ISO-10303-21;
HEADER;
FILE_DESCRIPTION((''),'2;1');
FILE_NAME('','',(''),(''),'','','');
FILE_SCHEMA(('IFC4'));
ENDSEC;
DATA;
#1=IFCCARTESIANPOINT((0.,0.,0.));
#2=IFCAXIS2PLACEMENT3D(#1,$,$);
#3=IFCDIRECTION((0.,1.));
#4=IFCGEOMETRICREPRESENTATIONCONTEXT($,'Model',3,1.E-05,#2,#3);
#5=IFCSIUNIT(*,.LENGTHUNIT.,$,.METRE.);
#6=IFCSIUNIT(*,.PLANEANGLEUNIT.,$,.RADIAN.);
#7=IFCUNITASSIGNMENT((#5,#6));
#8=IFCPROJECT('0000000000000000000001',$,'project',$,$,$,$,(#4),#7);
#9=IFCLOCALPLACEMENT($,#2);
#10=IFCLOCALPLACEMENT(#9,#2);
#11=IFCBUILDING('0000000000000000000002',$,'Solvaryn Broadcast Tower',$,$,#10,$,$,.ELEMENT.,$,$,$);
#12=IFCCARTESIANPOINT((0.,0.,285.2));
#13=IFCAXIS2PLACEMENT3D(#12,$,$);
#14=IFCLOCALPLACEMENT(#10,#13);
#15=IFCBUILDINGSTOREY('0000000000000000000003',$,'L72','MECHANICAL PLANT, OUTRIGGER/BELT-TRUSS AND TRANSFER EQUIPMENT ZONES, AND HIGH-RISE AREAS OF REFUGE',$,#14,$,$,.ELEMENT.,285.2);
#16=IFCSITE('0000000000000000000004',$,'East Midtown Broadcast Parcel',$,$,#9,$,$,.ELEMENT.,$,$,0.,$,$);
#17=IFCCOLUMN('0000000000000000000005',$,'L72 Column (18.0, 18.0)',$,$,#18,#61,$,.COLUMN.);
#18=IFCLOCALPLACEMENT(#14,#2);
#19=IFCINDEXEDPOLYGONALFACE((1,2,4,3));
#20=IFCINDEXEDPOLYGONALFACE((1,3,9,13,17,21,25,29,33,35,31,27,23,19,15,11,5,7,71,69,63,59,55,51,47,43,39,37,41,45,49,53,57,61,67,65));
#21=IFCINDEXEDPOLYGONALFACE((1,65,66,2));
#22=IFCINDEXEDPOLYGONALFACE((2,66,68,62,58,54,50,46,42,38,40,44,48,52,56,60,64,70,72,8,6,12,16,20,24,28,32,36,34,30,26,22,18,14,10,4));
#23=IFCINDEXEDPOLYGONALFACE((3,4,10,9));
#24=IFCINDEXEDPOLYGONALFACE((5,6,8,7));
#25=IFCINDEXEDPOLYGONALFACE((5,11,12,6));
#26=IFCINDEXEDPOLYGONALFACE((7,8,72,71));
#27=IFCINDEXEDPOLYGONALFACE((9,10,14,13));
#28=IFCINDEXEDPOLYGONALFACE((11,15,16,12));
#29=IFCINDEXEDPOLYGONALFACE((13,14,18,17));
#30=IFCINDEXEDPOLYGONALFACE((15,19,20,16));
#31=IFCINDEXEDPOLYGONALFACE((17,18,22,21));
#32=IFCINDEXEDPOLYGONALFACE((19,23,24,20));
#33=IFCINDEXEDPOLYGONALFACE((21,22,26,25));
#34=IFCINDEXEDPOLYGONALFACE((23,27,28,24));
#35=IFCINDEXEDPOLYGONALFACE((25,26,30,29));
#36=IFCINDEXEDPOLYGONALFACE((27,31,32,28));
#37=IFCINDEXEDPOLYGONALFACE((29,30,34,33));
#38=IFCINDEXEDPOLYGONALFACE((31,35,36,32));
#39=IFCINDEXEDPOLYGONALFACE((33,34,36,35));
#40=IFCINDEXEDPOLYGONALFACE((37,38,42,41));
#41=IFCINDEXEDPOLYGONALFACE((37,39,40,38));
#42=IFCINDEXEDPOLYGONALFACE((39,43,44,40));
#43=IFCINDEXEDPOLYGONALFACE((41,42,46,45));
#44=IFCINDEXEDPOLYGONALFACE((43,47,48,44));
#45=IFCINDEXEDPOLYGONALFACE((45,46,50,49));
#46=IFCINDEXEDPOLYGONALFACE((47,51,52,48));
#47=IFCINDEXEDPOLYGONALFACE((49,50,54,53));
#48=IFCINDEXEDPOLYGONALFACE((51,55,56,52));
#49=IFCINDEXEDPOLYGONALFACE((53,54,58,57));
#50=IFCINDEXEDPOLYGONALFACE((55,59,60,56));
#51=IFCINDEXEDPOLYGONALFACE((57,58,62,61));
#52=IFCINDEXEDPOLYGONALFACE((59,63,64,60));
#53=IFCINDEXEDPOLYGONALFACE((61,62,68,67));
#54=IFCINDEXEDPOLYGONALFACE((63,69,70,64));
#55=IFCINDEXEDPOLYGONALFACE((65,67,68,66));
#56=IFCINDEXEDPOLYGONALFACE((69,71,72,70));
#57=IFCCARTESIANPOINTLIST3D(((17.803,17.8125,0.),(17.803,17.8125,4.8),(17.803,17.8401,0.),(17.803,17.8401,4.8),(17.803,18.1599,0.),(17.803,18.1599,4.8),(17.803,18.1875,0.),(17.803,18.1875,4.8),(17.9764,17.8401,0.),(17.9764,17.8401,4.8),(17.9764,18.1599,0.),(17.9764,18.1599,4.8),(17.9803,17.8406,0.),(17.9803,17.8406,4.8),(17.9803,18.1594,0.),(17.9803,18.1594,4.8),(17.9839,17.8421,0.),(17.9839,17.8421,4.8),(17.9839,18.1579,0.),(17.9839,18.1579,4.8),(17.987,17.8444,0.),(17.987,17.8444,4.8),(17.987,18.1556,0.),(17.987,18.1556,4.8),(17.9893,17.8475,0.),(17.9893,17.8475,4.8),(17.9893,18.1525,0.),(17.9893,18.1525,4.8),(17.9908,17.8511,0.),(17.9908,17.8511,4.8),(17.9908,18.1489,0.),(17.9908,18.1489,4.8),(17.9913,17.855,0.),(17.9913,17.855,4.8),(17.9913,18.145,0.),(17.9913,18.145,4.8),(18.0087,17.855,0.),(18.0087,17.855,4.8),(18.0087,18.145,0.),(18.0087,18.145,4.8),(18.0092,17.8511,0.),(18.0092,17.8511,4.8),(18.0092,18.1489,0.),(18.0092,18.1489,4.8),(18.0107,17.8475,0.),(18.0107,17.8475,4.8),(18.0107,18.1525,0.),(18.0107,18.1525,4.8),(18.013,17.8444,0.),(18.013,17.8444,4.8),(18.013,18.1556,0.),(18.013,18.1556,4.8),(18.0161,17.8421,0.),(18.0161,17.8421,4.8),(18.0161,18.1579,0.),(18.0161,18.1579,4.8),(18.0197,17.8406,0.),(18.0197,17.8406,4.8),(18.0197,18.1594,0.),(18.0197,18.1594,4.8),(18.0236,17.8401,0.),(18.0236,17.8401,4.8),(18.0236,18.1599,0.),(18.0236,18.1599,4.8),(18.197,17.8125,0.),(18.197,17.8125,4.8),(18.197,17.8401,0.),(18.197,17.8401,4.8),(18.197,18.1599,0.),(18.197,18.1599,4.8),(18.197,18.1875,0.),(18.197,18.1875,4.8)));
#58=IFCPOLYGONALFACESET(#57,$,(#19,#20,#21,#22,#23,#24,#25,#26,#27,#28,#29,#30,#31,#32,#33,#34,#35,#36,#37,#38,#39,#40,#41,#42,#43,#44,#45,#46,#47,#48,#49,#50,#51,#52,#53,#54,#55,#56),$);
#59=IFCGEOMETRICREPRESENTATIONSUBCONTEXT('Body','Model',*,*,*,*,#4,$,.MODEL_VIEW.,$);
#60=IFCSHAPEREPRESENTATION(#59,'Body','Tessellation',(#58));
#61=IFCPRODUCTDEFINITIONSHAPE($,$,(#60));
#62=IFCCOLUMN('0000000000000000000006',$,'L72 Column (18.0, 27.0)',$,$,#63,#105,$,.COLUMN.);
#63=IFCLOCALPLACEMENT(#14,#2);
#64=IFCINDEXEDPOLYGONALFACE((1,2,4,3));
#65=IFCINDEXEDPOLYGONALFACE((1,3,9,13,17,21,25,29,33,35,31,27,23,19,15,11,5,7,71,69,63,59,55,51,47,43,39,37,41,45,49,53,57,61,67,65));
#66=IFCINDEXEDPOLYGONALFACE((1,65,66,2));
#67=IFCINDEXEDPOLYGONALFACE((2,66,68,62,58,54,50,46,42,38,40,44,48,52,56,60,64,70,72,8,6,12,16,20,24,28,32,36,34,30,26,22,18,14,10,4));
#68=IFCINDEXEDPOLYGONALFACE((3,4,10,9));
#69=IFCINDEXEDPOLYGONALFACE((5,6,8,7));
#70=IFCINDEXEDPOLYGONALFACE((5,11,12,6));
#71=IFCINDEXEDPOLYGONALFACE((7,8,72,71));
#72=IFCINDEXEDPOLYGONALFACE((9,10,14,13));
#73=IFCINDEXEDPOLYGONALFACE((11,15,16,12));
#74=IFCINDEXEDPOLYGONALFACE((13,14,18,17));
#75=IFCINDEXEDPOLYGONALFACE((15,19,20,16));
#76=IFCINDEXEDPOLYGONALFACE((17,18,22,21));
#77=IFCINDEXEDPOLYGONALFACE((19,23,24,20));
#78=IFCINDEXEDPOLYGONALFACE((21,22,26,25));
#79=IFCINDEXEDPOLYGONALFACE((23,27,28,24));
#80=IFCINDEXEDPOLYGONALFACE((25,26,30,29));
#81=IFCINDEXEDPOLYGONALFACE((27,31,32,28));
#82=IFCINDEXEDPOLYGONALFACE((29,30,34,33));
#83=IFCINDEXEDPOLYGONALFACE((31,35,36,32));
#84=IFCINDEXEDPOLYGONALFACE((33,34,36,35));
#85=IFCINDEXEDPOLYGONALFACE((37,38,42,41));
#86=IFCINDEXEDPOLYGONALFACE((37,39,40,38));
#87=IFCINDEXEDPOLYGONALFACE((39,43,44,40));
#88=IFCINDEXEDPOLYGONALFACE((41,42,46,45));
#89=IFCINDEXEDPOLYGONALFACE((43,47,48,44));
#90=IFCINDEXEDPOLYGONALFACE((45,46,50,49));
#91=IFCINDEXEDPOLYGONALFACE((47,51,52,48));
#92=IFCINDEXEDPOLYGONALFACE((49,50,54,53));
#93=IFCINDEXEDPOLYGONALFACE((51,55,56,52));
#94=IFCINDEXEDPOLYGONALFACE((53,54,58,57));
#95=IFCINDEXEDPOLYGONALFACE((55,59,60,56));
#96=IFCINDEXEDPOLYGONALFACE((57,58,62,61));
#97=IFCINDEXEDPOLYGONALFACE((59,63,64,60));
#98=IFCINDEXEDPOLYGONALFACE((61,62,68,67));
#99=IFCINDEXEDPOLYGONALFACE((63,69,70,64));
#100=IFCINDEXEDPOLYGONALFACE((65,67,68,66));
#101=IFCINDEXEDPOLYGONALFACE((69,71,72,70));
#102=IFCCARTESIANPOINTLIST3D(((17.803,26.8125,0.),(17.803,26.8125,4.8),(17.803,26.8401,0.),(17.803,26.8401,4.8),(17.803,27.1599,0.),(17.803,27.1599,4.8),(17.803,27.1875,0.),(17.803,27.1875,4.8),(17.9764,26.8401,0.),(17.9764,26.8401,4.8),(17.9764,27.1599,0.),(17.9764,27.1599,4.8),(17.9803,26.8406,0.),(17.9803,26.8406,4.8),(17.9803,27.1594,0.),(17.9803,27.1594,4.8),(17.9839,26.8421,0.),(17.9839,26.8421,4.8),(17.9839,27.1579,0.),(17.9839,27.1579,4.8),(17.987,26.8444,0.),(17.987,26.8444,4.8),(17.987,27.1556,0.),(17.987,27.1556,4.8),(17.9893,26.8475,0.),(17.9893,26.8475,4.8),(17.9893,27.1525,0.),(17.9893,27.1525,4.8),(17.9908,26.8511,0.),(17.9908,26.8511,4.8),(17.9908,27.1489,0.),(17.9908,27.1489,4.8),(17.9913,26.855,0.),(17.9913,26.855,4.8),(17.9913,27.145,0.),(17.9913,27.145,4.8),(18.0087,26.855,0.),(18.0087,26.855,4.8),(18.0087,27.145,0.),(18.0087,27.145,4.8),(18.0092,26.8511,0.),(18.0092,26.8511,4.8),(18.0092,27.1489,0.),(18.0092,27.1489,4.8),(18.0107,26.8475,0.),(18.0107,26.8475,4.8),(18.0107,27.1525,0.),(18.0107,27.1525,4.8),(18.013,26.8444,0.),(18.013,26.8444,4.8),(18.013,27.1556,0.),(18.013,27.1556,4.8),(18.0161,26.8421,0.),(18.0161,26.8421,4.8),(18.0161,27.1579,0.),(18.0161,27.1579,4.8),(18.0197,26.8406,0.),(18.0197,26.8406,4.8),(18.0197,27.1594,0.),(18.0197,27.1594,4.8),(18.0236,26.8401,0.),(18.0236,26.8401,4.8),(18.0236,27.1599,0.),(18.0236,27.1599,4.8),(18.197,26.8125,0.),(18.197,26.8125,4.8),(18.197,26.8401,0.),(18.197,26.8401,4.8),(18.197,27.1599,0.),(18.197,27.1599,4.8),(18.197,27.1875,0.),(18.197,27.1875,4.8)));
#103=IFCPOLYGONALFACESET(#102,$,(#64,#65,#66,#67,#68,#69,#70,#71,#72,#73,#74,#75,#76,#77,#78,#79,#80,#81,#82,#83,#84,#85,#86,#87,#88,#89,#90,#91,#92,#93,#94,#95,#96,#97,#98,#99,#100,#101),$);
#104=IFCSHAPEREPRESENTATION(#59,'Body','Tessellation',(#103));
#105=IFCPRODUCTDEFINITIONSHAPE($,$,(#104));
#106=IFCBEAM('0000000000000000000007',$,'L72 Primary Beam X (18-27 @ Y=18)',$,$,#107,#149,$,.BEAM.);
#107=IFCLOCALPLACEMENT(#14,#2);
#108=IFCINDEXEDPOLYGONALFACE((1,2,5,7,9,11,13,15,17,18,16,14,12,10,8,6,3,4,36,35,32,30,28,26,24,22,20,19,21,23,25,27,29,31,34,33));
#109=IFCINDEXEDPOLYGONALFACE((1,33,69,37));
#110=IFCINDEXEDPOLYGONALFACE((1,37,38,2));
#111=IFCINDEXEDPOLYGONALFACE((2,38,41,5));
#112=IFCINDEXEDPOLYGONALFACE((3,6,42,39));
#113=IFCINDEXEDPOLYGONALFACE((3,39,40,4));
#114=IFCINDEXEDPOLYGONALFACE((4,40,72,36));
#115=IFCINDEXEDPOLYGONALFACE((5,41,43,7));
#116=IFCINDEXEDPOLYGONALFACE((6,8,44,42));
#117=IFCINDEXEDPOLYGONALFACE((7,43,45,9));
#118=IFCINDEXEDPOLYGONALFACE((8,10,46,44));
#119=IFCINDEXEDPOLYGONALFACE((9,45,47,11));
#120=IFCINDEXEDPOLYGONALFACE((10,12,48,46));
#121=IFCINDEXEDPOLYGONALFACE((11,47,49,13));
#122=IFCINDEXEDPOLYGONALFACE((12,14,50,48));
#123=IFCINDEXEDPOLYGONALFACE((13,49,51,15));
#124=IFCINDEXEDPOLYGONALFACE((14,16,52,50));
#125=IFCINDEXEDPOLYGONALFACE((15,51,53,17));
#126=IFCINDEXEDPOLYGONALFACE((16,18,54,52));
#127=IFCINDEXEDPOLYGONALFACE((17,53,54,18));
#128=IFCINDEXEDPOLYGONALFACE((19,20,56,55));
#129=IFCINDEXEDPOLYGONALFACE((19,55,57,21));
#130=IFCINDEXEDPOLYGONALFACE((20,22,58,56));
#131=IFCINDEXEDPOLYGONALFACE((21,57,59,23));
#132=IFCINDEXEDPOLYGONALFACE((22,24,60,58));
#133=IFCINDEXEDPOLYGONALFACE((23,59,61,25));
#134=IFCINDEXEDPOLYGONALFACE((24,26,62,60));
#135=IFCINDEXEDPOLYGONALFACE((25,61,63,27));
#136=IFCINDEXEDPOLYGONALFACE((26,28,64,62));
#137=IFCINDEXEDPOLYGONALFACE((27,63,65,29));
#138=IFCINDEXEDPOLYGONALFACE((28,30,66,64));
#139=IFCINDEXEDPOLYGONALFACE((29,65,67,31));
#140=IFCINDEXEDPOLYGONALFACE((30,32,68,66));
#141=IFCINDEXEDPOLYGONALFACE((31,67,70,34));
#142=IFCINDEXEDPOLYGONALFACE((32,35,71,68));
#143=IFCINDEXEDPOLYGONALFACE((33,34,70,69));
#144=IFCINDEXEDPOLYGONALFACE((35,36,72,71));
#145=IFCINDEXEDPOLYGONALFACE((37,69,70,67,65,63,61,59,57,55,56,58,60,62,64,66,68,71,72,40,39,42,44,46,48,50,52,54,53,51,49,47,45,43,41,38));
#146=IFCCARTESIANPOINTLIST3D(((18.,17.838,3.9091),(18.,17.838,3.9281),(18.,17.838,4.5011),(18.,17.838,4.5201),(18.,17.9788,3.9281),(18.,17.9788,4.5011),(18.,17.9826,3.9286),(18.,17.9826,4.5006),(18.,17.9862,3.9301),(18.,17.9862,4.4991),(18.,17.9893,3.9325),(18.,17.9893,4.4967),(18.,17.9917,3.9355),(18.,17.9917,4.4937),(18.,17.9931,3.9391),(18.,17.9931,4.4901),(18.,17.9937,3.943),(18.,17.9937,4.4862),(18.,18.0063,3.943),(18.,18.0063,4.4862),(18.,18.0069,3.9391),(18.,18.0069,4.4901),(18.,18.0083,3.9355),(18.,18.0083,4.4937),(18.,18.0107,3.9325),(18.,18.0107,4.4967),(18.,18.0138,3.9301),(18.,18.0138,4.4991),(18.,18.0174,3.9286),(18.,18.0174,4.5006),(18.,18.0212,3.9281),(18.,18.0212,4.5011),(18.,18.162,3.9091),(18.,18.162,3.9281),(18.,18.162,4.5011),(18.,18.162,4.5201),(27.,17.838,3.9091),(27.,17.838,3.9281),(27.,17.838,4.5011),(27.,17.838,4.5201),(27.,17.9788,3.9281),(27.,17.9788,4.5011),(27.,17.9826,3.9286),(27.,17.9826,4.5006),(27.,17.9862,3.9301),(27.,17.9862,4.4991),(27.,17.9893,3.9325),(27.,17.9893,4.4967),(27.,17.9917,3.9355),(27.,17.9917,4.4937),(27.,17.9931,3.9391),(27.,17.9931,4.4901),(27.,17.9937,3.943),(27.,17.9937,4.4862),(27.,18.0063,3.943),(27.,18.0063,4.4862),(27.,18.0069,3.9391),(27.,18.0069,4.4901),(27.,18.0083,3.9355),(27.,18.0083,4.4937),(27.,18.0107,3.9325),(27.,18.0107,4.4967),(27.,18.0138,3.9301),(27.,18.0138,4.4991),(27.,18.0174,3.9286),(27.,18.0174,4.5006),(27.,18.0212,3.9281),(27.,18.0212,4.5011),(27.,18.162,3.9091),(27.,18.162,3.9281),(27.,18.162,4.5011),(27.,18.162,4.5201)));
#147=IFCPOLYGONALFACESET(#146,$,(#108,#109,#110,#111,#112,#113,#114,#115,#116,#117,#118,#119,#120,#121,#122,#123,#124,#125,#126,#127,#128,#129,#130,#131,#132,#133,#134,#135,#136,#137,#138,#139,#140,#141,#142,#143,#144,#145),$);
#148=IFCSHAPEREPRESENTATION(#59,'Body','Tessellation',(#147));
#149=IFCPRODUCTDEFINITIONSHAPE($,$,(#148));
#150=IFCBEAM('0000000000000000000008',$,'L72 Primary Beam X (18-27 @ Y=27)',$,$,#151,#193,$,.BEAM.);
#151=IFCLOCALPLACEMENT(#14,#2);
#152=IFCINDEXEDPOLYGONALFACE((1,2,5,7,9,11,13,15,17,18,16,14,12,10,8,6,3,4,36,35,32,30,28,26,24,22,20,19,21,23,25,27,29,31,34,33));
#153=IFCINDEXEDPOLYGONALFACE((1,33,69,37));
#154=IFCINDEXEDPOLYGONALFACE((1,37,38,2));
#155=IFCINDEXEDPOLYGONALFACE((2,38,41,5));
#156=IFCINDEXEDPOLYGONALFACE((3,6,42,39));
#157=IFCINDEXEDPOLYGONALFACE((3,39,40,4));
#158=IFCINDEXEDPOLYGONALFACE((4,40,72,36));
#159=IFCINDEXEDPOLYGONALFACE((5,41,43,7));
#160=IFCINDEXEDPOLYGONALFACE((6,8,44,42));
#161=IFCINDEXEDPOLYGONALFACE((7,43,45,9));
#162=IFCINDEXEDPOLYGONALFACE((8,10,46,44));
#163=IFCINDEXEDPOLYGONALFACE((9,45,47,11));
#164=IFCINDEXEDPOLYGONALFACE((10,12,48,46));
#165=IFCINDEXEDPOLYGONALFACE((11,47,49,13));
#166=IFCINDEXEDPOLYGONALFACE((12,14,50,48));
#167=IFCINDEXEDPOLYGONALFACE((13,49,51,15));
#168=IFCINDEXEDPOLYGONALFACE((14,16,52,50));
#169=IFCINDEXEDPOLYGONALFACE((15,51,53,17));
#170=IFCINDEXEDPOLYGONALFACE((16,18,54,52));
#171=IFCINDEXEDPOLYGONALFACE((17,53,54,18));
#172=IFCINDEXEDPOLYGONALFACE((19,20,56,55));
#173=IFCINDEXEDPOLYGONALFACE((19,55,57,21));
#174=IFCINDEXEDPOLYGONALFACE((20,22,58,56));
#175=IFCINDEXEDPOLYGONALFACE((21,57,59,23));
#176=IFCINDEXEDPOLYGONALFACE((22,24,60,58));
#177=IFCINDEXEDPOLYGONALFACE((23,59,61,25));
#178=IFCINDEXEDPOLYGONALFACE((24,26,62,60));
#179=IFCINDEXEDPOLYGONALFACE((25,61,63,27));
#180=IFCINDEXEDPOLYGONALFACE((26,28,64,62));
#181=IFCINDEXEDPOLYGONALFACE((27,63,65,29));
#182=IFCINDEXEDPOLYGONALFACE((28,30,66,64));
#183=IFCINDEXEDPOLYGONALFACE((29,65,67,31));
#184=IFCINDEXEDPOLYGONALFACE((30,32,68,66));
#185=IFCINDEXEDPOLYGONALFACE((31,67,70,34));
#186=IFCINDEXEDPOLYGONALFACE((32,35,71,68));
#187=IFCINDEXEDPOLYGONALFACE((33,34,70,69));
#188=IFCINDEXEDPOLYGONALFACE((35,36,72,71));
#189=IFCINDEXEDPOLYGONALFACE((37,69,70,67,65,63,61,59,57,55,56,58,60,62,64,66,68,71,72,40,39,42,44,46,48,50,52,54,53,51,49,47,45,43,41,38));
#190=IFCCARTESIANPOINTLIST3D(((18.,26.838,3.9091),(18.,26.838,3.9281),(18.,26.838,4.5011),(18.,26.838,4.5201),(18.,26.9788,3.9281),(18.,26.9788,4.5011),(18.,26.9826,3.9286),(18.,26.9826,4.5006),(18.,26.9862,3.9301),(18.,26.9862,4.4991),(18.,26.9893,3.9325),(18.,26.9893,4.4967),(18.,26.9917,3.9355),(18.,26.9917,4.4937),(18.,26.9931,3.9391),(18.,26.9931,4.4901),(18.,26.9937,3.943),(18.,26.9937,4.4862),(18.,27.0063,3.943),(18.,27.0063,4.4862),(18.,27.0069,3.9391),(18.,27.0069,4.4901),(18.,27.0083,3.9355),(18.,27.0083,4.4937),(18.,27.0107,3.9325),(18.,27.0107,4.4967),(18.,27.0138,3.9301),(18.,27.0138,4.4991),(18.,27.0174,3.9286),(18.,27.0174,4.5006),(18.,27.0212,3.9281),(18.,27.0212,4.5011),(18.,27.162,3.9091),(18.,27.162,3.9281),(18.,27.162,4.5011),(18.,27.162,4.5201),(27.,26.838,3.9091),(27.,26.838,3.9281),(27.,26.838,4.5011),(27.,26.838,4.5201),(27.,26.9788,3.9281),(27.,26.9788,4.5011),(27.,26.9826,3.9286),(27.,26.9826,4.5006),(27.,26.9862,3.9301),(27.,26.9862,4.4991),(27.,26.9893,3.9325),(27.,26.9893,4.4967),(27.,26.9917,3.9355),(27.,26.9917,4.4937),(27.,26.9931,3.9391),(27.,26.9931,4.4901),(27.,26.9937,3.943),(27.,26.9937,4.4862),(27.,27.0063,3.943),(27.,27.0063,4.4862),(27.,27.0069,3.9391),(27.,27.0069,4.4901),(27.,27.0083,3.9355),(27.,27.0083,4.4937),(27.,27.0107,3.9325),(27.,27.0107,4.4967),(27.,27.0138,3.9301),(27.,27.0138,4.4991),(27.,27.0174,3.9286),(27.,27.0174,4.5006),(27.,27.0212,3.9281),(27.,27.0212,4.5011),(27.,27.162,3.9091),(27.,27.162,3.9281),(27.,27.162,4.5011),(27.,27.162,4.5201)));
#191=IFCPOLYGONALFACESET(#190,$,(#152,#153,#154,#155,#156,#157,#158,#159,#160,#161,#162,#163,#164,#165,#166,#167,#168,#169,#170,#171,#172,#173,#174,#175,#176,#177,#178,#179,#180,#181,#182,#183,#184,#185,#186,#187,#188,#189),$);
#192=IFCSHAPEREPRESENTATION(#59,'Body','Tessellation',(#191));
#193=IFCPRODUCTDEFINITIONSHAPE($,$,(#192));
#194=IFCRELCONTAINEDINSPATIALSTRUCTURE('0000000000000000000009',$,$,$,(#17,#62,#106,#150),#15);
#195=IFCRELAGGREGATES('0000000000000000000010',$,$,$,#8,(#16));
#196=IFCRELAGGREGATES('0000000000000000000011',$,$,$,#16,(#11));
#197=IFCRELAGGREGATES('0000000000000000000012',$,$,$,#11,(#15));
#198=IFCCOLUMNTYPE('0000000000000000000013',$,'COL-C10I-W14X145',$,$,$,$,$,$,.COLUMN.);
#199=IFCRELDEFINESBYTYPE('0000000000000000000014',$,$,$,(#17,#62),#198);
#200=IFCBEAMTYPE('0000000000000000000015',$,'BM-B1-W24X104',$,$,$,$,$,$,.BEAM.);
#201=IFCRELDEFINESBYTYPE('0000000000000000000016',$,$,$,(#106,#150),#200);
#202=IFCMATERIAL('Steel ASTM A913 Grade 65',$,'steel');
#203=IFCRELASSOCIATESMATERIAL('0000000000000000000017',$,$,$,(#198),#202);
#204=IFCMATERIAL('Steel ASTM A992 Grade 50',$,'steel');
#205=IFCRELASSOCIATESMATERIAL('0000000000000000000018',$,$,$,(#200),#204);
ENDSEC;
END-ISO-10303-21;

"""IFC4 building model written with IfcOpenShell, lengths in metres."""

from ifc_helpers import new_model, si_unit, direction, frame, origin, origin_2d, place, context, subcontext, project, spatial, i_section, extrude, material, material_profile, profile_set, type_object, element, save


model = new_model("IFC4")

# Units and contexts
model_context = context("Model", 3, precision=1e-05, world=origin(), true_north=direction((0.0, 1.0)))
body_context = subcontext(model_context, "Body", "Model", "MODEL_VIEW")
ifc_project = project(units=[si_unit("LENGTHUNIT", "METRE"), si_unit("PLANEANGLEUNIT", "RADIAN")], contexts=[model_context])

# Site, building, storey
site_placement = place(None, origin())
site = spatial("IfcSite", under=ifc_project, at=site_placement, Name="East Midtown Broadcast Parcel", CompositionType="ELEMENT", RefElevation=0.0)
building_placement = place(site_placement, origin())
building = spatial("IfcBuilding", under=site, at=building_placement, Name="Solvaryn Broadcast Tower", CompositionType="ELEMENT")
storey_placement = place(building_placement, frame((0.0, 0.0, 285.2)))
storey = spatial("IfcBuildingStorey", under=building, at=storey_placement, Name="L72", Description="MECHANICAL PLANT, OUTRIGGER/BELT-TRUSS AND TRANSFER EQUIPMENT ZONES, AND HIGH-RISE AREAS OF REFUGE", CompositionType="ELEMENT", Elevation=285.2)

# Columns
ifc_material_1 = material(Name="Steel ASTM A913 Grade 65", Category="steel")
ifc_material_profile_1 = material_profile(ifc_material_1, i_section(OverallWidth=0.394, OverallDepth=0.375, WebThickness=0.0173, FlangeThickness=0.0276, FilletRadius=0.0149, at=origin_2d()))
ifc_profile_set_1 = profile_set([ifc_material_profile_1], Name="Steel ASTM A913 Grade 65")
column_type = type_object("IfcColumnType", Name="COL-C10I-W14X145", PredefinedType="COLUMN", material=ifc_profile_set_1)
for number, where, z_axis, x_axis, name in (
    (1, (18.0, 18.0, 0.0), (0.0, 0.0, 1.0), (1.0, 0.0, 0.0), "L72 Column (18.0, 18.0)"),
    (2, (18.0, 27.0, 0.0), (0.0, 0.0, 1.0), (1.0, 0.0, 0.0), "L72 Column (18.0, 27.0)"),
):
    element("IfcColumn", number, at=place(storey_placement, frame(where, z_axis=z_axis, x_axis=x_axis)), inside=storey, type_object=column_type, Name=name, PredefinedType="COLUMN", context=body_context, shape_type="SweptSolid", body=[
        extrude(i_section(OverallWidth=0.394, OverallDepth=0.375, WebThickness=0.0173, FlangeThickness=0.0276, FilletRadius=0.0149, at=origin_2d()), origin(), (0.0, 0.0, 1.0), 4.8),
    ])

# Beams
ifc_material_2 = material(Name="Steel ASTM A992 Grade 50", Category="steel")
ifc_material_profile_2 = material_profile(ifc_material_2, i_section(OverallWidth=0.324, OverallDepth=0.6111, WebThickness=0.0127, FlangeThickness=0.019, FilletRadius=0.0149, at=origin_2d()))
ifc_profile_set_2 = profile_set([ifc_material_profile_2], Name="Steel ASTM A992 Grade 50")
beam_type_1 = type_object("IfcBeamType", Name="BM-B1-W24X104", PredefinedType="BEAM", material=ifc_profile_set_2)
for number, where, z_axis, x_axis, name in (
    (3, (18.0, 18.0, 4.2146), (1.0, 0.0, 0.0), (0.0, 1.0, 0.0), "L72 Primary Beam X (18-27 @ Y=18)"),
    (4, (18.0, 27.0, 4.2146), (1.0, 0.0, 0.0), (0.0, 1.0, 0.0), "L72 Primary Beam X (18-27 @ Y=27)"),
):
    element("IfcBeam", number, at=place(storey_placement, frame(where, z_axis=z_axis, x_axis=x_axis)), inside=storey, type_object=beam_type_1, Name=name, PredefinedType="BEAM", context=body_context, shape_type="SweptSolid", body=[
        extrude(i_section(OverallWidth=0.324, OverallDepth=0.6111, WebThickness=0.0127, FlangeThickness=0.019, FilletRadius=0.0149, at=origin_2d()), origin(), (0.0, 0.0, 1.0), 9.0),
    ])

save(model, "model.ifc")
